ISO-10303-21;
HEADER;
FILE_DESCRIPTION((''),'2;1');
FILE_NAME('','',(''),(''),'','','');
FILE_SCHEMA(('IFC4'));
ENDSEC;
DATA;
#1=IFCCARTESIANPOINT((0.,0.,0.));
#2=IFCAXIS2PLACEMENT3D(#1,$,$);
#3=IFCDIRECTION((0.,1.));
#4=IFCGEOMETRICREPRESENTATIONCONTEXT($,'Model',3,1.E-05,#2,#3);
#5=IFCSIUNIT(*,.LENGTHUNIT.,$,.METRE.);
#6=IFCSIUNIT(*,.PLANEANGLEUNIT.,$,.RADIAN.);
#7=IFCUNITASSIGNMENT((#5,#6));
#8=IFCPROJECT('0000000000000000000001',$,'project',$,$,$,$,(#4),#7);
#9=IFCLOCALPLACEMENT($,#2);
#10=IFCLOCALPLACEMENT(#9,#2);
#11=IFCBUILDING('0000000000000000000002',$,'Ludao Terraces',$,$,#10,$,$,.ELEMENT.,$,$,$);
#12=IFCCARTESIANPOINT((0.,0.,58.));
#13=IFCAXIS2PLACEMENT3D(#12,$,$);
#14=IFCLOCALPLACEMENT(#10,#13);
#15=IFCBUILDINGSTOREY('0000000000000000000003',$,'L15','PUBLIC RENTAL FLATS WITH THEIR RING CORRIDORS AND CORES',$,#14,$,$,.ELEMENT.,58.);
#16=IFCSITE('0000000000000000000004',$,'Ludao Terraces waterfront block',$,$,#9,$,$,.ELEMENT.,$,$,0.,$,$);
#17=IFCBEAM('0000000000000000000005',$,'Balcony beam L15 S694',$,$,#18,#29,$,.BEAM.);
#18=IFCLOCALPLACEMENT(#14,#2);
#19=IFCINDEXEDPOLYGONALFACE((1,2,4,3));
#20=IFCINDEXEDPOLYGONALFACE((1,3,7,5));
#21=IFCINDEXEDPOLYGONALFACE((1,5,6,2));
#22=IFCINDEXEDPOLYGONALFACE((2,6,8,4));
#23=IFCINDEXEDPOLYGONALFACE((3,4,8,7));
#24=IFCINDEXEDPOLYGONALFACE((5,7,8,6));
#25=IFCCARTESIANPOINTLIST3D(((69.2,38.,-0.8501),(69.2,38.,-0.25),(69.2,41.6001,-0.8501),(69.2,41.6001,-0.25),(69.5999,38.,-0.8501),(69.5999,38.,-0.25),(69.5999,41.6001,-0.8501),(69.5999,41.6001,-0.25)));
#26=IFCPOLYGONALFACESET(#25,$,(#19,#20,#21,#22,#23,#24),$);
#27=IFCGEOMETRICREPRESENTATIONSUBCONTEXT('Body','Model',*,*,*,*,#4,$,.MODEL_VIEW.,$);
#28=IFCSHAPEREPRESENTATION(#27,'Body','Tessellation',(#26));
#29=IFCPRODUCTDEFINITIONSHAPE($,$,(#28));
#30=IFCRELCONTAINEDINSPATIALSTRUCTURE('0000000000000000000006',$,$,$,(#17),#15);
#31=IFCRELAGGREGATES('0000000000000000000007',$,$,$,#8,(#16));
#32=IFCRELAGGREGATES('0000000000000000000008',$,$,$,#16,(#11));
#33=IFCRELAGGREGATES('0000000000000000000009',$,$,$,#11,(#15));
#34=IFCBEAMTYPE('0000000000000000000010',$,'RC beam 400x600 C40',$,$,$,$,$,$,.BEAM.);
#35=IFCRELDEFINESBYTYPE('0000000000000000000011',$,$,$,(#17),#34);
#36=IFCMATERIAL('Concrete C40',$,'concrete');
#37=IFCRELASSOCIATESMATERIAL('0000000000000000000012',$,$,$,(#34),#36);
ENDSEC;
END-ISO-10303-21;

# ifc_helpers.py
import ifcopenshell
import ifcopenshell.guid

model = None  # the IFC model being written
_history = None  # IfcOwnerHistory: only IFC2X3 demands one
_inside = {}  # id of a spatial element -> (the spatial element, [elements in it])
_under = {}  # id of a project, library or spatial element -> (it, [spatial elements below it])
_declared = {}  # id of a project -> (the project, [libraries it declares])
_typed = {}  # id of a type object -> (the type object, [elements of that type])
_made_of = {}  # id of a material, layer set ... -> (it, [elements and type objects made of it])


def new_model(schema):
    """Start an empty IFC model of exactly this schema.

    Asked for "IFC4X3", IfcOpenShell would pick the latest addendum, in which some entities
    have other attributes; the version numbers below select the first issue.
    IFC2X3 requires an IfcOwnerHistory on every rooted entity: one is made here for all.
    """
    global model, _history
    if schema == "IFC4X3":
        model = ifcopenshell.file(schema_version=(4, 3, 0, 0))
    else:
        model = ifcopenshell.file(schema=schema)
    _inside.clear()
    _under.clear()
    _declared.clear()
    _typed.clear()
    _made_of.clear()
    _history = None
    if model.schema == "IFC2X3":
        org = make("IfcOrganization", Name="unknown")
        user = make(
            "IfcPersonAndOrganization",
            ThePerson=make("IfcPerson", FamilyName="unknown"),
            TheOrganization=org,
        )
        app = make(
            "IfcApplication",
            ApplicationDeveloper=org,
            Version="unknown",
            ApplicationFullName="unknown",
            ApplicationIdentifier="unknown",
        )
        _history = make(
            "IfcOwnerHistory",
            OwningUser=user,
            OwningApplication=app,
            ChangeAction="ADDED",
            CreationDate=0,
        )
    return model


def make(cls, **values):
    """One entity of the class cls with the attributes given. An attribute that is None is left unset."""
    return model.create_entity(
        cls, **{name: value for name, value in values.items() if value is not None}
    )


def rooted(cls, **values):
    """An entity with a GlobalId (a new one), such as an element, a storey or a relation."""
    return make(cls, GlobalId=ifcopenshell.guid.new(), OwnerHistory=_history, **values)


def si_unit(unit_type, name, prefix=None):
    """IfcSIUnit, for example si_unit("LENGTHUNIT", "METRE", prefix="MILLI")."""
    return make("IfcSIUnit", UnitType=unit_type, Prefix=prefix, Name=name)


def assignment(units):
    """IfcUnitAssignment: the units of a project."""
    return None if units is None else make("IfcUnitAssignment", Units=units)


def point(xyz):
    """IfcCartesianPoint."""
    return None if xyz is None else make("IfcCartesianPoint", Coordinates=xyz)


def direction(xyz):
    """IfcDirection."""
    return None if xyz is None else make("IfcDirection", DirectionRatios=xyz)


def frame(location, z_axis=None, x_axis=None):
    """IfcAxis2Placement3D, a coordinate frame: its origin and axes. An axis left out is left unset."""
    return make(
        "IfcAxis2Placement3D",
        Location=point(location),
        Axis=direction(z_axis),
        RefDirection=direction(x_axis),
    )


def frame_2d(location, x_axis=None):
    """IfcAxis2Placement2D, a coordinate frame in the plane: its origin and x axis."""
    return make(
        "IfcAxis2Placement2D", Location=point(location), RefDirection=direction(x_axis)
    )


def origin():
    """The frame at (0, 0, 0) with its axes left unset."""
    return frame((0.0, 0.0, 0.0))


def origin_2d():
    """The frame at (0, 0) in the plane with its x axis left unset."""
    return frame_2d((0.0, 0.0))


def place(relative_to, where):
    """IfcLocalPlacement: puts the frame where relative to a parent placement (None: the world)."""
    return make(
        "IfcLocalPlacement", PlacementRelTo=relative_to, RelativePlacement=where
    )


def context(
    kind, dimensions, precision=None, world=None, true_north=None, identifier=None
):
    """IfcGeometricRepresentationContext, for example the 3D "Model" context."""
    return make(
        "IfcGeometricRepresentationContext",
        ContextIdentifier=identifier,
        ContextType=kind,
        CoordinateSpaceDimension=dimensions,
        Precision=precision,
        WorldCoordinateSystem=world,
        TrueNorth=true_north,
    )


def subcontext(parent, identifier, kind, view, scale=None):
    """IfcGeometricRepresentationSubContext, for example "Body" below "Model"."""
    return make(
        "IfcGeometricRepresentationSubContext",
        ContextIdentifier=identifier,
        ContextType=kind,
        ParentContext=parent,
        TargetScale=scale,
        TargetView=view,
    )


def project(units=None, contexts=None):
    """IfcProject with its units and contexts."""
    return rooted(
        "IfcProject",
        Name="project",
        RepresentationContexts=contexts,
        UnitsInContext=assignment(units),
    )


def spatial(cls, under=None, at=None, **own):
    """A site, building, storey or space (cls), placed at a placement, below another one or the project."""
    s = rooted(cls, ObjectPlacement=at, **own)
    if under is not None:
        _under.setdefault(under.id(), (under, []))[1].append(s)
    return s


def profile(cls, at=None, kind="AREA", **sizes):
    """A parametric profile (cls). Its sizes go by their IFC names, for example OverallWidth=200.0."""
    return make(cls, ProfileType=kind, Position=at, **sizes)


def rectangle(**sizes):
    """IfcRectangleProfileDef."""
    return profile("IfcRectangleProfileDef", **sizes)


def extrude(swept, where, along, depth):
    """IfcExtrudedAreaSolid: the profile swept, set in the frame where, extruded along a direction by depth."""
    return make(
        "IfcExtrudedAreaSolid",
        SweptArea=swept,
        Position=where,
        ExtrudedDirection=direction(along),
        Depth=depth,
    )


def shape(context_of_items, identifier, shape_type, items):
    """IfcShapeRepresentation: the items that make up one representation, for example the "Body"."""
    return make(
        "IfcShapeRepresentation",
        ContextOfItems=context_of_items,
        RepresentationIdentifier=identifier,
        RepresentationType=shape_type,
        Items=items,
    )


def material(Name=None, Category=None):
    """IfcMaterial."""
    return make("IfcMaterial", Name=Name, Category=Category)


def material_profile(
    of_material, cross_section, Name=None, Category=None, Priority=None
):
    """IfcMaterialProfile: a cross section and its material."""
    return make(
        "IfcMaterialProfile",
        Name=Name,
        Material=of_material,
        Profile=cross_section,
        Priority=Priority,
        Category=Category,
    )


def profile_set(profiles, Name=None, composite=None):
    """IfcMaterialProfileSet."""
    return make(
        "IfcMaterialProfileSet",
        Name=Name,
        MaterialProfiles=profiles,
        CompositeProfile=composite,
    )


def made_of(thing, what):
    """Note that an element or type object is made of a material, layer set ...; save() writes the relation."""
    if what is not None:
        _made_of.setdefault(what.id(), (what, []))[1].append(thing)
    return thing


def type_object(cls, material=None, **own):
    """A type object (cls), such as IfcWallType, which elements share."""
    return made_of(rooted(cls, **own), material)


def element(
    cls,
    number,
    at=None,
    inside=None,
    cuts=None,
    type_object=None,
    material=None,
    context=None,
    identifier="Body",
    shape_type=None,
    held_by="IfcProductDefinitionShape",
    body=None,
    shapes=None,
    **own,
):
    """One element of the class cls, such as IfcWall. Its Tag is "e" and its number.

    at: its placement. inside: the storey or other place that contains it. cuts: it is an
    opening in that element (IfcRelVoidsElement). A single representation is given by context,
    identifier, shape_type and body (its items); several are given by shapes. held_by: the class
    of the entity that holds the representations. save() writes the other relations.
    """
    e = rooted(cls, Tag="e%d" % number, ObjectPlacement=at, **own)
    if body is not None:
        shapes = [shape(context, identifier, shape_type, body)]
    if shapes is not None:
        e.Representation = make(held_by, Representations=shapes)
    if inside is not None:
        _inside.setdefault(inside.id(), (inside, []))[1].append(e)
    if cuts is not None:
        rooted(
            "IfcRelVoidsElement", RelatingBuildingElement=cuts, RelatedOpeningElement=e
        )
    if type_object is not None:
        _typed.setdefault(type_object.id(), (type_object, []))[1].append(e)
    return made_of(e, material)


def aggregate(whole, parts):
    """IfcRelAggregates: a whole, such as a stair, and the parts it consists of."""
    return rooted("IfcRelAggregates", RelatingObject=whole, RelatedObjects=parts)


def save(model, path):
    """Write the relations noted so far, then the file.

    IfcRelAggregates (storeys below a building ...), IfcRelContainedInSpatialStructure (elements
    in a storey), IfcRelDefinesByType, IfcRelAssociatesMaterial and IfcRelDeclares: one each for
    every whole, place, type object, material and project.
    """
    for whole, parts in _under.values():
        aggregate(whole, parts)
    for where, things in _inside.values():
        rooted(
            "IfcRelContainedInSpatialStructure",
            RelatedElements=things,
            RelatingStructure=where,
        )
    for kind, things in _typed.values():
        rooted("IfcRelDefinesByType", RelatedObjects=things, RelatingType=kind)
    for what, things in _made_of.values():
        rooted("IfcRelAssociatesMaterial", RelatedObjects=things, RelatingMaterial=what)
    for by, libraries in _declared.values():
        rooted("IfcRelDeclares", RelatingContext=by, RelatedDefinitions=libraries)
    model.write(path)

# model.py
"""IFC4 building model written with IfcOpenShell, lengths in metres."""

from ifc_helpers import new_model, si_unit, direction, frame, origin, origin_2d, place, context, subcontext, project, spatial, rectangle, extrude, material, material_profile, profile_set, type_object, element, save


model = new_model("IFC4")

# Units and contexts
model_context = context("Model", 3, precision=1e-05, world=origin(), true_north=direction((0.0, 1.0)))
body_context = subcontext(model_context, "Body", "Model", "MODEL_VIEW")
ifc_project = project(units=[si_unit("LENGTHUNIT", "METRE"), si_unit("PLANEANGLEUNIT", "RADIAN")], contexts=[model_context])

# Site, building, storey
site_placement = place(None, origin())
site = spatial("IfcSite", under=ifc_project, at=site_placement, Name="Ludao Terraces waterfront block", CompositionType="ELEMENT", RefElevation=0.0)
building_placement = place(site_placement, origin())
building = spatial("IfcBuilding", under=site, at=building_placement, Name="Ludao Terraces", CompositionType="ELEMENT")
storey_placement = place(building_placement, frame((0.0, 0.0, 58.0)))
storey = spatial("IfcBuildingStorey", under=building, at=storey_placement, Name="L15", Description="PUBLIC RENTAL FLATS WITH THEIR RING CORRIDORS AND CORES", CompositionType="ELEMENT", Elevation=58.0)

# Beam
ifc_material_1 = material(Name="Concrete C40", Category="concrete")
ifc_material_profile = material_profile(ifc_material_1, rectangle(XDim=0.3999, YDim=0.6001, at=origin_2d()), Name="400 X 600")
ifc_profile_set = profile_set([ifc_material_profile], Name="Concrete C40")
beam_type = type_object("IfcBeamType", Name="RC beam 400x600 C40", PredefinedType="BEAM", material=ifc_profile_set)
beam_placement = place(storey_placement, frame((69.3999, 41.6001, -0.55), z_axis=(0.0, -1.0, 0.0), x_axis=(1.0, 0.0, 0.0)))
element("IfcBeam", 1, at=beam_placement, inside=storey, type_object=beam_type, Name="Balcony beam L15 S694", PredefinedType="BEAM", context=body_context, shape_type="SweptSolid", body=[
    extrude(rectangle(XDim=0.3999, YDim=0.6001, at=origin_2d()), origin(), (0.0, 0.0, 1.0), 3.6001),
])

save(model, "model.ifc")
